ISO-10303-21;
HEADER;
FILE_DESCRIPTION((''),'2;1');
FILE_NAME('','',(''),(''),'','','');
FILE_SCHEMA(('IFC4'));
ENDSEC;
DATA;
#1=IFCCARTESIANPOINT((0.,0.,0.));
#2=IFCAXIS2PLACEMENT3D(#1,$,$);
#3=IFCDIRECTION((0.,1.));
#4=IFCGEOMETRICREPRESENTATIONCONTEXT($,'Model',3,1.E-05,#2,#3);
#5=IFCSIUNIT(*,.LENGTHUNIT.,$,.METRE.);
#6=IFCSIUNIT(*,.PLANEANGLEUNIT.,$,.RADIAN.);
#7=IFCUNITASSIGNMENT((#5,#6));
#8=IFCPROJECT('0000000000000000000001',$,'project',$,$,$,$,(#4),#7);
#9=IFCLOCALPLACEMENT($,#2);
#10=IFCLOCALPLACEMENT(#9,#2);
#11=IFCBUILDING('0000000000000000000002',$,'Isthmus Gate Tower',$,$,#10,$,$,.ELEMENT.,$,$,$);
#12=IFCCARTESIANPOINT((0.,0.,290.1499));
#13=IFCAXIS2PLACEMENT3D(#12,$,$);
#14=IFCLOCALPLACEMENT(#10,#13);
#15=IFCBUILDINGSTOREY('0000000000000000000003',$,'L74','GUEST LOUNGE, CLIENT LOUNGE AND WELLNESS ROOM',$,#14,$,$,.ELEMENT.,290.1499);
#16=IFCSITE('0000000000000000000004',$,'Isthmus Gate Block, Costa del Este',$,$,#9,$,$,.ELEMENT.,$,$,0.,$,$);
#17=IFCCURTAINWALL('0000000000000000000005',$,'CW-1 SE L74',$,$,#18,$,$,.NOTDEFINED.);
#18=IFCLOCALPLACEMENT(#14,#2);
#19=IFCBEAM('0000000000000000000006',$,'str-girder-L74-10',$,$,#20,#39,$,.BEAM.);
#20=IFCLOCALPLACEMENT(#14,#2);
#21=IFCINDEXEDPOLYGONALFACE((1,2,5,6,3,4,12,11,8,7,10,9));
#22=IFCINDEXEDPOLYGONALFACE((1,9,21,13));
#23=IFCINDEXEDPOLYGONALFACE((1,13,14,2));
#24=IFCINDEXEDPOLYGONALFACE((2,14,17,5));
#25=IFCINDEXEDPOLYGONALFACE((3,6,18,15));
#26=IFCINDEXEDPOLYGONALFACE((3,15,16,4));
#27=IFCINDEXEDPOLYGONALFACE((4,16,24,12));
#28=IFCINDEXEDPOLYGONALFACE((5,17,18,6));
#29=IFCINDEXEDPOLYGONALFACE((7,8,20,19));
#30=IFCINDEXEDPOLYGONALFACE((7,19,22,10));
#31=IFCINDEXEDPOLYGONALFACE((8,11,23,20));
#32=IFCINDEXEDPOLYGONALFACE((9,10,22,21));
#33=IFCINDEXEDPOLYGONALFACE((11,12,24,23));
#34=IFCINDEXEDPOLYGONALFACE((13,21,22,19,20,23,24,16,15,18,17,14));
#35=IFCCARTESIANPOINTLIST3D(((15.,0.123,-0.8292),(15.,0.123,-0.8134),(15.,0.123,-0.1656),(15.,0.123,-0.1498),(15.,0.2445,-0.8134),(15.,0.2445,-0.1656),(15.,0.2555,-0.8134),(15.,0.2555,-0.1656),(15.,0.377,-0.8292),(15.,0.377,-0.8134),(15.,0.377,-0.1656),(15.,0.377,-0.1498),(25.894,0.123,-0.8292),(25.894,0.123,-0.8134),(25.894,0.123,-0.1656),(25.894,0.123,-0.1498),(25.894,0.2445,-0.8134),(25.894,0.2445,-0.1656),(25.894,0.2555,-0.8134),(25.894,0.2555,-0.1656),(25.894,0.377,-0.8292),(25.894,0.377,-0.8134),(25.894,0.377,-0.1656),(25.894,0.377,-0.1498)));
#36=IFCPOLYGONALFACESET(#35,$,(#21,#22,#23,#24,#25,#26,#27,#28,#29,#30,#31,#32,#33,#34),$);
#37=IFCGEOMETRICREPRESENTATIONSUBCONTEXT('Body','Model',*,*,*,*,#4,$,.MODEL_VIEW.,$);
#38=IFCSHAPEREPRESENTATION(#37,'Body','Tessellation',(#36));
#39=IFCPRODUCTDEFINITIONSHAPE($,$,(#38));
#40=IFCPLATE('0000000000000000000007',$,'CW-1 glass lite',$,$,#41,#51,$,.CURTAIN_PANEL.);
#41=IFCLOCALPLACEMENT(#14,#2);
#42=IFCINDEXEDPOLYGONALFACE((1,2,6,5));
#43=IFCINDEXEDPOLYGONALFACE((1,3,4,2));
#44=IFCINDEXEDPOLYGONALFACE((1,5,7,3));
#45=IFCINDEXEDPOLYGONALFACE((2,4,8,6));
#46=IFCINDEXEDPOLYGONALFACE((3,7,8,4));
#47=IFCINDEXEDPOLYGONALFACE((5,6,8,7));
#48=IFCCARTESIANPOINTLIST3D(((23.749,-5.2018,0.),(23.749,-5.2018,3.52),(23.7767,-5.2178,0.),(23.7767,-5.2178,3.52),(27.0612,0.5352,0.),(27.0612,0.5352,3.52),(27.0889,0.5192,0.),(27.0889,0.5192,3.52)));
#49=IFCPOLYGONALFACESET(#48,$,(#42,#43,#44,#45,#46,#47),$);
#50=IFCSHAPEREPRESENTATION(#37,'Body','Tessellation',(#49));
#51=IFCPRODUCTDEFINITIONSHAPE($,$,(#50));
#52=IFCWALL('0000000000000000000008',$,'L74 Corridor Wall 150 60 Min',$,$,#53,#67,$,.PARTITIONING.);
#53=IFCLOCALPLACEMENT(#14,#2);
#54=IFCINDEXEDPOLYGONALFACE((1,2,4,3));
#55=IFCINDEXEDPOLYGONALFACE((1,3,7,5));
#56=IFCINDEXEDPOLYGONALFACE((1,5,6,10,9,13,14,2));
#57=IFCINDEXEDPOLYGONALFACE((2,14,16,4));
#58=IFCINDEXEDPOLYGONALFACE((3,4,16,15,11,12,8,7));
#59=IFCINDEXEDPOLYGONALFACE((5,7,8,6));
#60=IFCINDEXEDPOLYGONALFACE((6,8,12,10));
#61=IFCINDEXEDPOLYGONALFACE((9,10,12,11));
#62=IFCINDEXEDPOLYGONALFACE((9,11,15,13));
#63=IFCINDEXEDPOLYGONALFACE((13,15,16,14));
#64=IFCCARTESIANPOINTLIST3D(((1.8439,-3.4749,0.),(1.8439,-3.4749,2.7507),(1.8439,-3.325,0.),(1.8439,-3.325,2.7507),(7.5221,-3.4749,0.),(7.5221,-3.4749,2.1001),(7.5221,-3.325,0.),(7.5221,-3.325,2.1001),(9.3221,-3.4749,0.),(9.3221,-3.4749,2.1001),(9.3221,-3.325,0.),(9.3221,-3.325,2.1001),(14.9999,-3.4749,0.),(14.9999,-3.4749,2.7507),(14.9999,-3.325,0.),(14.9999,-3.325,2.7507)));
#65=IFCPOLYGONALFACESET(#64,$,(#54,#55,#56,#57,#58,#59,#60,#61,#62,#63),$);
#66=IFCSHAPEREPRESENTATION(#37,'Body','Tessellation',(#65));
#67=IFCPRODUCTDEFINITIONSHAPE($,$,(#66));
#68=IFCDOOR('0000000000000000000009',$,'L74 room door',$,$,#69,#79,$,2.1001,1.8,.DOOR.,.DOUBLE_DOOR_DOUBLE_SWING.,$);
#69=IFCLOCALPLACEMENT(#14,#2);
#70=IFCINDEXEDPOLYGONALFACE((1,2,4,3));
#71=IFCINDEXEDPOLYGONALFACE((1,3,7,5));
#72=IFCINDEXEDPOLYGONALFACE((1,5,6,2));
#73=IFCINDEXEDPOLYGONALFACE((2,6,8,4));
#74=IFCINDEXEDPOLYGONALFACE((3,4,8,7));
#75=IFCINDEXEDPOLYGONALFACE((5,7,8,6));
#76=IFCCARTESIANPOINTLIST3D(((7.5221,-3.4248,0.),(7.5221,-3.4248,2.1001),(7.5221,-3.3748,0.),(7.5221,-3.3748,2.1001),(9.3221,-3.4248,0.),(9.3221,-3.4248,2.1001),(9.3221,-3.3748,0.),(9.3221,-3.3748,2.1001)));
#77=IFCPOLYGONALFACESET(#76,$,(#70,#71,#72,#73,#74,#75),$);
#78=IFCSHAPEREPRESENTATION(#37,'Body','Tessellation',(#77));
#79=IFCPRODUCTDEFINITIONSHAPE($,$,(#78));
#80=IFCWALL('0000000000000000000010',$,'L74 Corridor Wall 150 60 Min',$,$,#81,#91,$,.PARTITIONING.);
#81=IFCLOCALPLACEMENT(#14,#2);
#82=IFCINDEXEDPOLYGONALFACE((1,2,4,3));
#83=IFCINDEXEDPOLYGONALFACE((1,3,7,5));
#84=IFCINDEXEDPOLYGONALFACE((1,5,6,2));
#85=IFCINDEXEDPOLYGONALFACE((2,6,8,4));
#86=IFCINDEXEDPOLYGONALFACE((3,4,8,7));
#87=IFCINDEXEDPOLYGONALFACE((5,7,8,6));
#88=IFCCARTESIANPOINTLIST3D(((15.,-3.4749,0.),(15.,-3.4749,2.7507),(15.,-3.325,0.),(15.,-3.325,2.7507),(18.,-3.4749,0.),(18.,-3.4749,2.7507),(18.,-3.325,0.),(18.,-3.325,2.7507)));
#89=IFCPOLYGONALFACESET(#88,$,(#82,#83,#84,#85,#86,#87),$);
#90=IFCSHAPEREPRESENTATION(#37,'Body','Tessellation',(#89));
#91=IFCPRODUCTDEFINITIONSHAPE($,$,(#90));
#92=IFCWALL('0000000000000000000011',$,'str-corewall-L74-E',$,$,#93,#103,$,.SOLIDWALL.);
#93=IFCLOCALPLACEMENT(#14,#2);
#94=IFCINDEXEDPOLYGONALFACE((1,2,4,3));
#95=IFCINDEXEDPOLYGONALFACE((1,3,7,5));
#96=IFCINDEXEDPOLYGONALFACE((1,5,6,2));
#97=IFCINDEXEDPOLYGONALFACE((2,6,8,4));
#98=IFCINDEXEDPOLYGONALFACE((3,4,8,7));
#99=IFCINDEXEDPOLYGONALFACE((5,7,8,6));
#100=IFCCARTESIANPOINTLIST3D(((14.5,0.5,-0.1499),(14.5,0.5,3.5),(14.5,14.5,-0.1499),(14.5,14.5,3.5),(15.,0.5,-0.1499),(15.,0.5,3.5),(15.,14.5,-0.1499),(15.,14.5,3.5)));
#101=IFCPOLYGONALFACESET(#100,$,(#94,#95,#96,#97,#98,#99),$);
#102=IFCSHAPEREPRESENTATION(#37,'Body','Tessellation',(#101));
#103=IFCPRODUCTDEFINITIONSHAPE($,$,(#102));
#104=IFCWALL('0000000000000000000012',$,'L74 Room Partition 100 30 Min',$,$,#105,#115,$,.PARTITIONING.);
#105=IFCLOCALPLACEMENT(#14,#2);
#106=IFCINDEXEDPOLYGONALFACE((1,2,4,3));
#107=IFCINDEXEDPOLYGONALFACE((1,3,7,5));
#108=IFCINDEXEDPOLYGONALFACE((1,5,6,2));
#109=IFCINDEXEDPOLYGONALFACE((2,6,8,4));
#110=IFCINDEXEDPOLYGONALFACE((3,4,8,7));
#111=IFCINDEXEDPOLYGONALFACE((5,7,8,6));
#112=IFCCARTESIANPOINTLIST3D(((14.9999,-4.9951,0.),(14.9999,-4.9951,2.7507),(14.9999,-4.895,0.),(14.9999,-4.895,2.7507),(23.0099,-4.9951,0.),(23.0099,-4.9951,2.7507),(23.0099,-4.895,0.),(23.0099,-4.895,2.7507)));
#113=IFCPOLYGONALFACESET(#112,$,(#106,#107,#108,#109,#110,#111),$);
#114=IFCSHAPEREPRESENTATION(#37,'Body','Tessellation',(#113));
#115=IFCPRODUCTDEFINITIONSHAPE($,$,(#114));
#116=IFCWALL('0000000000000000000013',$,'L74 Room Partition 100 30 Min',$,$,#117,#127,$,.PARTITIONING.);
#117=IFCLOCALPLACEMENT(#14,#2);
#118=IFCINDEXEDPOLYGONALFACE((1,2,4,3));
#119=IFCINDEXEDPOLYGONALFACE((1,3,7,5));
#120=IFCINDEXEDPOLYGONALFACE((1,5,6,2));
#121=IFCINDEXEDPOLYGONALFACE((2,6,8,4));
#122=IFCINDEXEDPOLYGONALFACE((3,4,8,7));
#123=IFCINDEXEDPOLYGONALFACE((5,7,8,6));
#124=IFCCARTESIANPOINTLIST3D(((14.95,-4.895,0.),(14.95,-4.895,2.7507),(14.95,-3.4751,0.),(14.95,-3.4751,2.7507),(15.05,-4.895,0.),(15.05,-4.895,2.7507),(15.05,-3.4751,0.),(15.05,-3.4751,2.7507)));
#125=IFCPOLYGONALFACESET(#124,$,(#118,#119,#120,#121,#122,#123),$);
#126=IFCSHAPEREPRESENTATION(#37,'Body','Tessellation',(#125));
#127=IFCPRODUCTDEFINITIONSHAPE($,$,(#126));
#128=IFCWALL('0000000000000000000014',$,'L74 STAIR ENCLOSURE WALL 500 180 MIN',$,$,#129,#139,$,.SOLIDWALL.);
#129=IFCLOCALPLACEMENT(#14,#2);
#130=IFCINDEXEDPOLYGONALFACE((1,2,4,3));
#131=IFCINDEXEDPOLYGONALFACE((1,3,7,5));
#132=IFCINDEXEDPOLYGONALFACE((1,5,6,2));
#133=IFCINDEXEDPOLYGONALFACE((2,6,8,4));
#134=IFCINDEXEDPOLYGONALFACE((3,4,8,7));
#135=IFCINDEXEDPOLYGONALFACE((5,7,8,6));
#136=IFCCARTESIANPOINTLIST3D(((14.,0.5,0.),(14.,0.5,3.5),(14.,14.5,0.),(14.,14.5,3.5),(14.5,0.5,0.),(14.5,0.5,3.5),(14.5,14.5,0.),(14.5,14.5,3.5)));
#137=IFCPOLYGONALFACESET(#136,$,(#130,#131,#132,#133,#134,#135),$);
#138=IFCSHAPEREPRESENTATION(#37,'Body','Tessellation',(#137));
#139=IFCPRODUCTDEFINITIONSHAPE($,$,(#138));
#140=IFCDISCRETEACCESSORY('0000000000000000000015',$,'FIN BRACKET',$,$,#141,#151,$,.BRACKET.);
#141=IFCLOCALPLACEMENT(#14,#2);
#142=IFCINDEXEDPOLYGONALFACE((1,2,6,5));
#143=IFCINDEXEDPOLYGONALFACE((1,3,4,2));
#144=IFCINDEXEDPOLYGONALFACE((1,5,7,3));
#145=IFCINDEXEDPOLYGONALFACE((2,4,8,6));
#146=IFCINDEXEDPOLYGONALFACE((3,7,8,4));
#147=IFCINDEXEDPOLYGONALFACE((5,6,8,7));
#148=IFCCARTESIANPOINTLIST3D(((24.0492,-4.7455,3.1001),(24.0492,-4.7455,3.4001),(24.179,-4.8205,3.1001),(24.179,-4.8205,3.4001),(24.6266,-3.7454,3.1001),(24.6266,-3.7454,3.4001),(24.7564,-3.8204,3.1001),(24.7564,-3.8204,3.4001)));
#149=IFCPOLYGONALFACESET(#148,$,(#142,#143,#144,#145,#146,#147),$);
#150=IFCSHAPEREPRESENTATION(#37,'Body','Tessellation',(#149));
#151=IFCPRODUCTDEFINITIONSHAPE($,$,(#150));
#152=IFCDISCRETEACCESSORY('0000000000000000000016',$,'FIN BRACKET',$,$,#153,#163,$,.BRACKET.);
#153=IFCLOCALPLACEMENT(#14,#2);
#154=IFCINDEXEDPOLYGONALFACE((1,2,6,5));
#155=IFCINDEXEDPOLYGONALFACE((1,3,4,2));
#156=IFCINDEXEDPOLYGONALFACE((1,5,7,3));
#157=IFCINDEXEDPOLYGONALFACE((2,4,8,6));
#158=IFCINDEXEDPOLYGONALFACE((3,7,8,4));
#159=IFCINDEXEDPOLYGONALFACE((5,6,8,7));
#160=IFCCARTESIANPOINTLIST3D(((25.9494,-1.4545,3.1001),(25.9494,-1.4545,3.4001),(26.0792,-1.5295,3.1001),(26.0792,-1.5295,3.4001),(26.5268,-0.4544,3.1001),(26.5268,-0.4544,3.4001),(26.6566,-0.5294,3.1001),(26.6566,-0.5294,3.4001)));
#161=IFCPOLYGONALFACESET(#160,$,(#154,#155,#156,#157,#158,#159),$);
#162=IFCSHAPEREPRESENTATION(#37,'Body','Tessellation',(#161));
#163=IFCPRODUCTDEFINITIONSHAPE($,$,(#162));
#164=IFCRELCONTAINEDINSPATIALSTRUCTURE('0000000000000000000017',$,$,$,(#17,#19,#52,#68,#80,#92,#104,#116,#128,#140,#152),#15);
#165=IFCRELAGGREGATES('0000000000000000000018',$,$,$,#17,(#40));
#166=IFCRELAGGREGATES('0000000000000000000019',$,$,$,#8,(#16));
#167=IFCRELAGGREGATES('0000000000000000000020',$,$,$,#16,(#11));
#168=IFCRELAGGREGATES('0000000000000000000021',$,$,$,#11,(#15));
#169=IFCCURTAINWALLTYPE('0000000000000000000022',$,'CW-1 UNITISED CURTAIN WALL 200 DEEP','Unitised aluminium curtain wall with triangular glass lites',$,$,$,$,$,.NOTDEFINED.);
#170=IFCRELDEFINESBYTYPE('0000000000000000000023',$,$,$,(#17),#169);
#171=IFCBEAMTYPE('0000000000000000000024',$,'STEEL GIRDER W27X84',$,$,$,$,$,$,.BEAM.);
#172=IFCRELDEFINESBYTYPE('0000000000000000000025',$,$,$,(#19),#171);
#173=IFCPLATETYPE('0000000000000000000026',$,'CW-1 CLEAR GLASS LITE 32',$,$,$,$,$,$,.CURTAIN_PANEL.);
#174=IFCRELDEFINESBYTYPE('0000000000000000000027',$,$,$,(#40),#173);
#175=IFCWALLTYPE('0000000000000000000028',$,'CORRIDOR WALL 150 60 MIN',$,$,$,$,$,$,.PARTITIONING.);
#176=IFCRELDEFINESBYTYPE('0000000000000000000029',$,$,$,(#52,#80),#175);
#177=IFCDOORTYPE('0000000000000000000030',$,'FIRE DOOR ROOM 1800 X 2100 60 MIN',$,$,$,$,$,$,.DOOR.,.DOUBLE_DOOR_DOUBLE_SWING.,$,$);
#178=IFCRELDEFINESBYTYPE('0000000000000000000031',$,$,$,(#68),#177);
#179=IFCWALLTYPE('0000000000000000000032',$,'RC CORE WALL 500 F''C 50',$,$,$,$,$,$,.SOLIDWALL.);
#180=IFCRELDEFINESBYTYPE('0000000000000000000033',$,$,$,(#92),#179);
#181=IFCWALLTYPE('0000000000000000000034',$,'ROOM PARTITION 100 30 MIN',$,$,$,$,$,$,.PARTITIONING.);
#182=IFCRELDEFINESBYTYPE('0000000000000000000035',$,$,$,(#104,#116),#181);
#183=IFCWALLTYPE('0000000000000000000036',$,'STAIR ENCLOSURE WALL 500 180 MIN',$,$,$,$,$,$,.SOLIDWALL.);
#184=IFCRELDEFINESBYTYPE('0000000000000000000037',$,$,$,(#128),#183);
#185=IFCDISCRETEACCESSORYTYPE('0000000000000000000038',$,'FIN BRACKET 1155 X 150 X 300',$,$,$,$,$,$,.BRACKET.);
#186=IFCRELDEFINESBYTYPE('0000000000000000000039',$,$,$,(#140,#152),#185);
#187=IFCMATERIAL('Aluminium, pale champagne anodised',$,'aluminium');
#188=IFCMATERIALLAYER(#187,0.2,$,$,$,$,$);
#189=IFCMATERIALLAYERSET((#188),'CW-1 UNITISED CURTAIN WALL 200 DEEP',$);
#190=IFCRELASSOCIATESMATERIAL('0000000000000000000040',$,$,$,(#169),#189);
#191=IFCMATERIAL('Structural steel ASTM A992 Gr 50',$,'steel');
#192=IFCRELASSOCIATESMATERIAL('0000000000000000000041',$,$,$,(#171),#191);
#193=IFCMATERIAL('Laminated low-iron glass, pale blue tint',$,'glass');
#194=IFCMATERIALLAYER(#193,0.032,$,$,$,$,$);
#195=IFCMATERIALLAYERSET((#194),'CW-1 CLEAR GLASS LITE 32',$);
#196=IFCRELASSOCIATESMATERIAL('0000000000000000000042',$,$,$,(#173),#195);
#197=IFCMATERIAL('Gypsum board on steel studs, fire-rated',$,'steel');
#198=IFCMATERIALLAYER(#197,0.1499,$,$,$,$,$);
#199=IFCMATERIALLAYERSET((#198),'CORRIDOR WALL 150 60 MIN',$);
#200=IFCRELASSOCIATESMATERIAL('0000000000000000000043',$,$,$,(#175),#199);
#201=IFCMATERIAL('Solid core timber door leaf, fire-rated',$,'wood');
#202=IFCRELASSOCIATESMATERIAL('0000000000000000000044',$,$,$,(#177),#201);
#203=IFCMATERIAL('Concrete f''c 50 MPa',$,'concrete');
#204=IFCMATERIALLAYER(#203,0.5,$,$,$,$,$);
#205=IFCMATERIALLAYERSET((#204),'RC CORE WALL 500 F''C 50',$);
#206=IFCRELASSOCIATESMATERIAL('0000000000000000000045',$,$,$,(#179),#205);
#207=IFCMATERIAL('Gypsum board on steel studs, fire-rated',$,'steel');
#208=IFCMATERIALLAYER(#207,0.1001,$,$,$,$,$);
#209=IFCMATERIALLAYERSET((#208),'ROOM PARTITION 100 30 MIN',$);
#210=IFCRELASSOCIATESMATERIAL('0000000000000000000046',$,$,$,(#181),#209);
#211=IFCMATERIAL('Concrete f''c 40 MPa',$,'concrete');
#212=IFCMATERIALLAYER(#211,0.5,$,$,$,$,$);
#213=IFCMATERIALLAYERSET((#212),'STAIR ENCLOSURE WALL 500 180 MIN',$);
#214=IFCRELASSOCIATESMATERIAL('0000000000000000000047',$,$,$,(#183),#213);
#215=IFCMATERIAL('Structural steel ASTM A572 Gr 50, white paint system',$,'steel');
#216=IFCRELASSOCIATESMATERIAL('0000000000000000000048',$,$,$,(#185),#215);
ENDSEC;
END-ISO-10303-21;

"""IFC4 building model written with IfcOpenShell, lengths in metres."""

from ifc_helpers import new_model, si_unit, direction, frame, frame_2d, origin, origin_2d, place, context, subcontext, project, spatial, rectangle, i_section, extrude, material, layer, layer_set, material_profile, profile_set, type_object, element, fill, aggregate, save


model = new_model("IFC4")

# Units and contexts
model_context = context("Model", 3, precision=1e-05, world=origin(), true_north=direction((0.0, 1.0)))
body_context = subcontext(model_context, "Body", "Model", "MODEL_VIEW")
ifc_project = project(units=[si_unit("LENGTHUNIT", "METRE"), si_unit("PLANEANGLEUNIT", "RADIAN")], contexts=[model_context])

# Site, building, storey
site_placement = place(None, origin())
site = spatial("IfcSite", under=ifc_project, at=site_placement, Name="Isthmus Gate Block, Costa del Este", CompositionType="ELEMENT", RefElevation=0.0)
building_placement = place(site_placement, origin())
building = spatial("IfcBuilding", under=site, at=building_placement, Name="Isthmus Gate Tower", CompositionType="ELEMENT")
storey_placement = place(building_placement, frame((0.0, 0.0, 290.1499)))
storey = spatial("IfcBuildingStorey", under=building, at=storey_placement, Name="L74", Description="GUEST LOUNGE, CLIENT LOUNGE AND WELLNESS ROOM", CompositionType="ELEMENT", Elevation=290.1499)

# Curtain wall
ifc_material_1 = material(Name="Aluminium, pale champagne anodised", Category="aluminium")
ifc_layer_1 = layer(ifc_material_1, 0.2)
ifc_layer_set_1 = layer_set([ifc_layer_1], Name="CW-1 UNITISED CURTAIN WALL 200 DEEP")
curtain_wall_type = type_object("IfcCurtainWallType", Name="CW-1 UNITISED CURTAIN WALL 200 DEEP", Description="Unitised aluminium curtain wall with triangular glass lites", PredefinedType="NOTDEFINED", material=ifc_layer_set_1)
curtain_wall_1_placement = place(storey_placement, origin())
curtain_wall_1 = element("IfcCurtainWall", 1, at=curtain_wall_1_placement, inside=storey, type_object=curtain_wall_type, Name="CW-1 SE L74", PredefinedType="NOTDEFINED")

# Beam
ifc_material_2 = material(Name="Structural steel ASTM A992 Gr 50", Category="steel")
ifc_material_profile_1 = material_profile(ifc_material_2, i_section(OverallWidth=0.2539, OverallDepth=0.6794, WebThickness=0.011, FlangeThickness=0.0159, at=origin_2d()), Name="W27X84")
ifc_profile_set_1 = profile_set([ifc_material_profile_1], Name="Structural steel ASTM A992 Gr 50")
beam_type_1 = type_object("IfcBeamType", Name="STEEL GIRDER W27X84", PredefinedType="BEAM", material=ifc_profile_set_1)
beam_1_placement = place(storey_placement, frame((15.0, 0.25, -0.4895), z_axis=(1.0, 0.0, 0.0), x_axis=(0.0, 1.0, 0.0)))
element("IfcBeam", 2, at=beam_1_placement, inside=storey, type_object=beam_type_1, Name="str-girder-L74-10", PredefinedType="BEAM", context=body_context, shape_type="SweptSolid", body=[
    extrude(i_section(OverallWidth=0.2539, OverallDepth=0.6794, WebThickness=0.011, FlangeThickness=0.0159, at=origin_2d()), origin(), (0.0, 0.0, 1.0), 10.894),
])

# Plate
ifc_material_3 = material(Name="Laminated low-iron glass, pale blue tint", Category="glass")
ifc_layer_2 = layer(ifc_material_3, 0.032)
ifc_layer_set_2 = layer_set([ifc_layer_2], Name="CW-1 CLEAR GLASS LITE 32")
plate_type = type_object("IfcPlateType", Name="CW-1 CLEAR GLASS LITE 32", PredefinedType="CURTAIN_PANEL", material=ifc_layer_set_2)
plate_placement = place(storey_placement, frame((25.4189, -2.3413, 0.0), z_axis=(0.0, 0.0, 1.0), x_axis=(0.5, 0.866025, 0.0)))
plate = element("IfcPlate", 3, at=plate_placement, type_object=plate_type, Name="CW-1 glass lite", PredefinedType="CURTAIN_PANEL", context=body_context, shape_type="SweptSolid", body=[
    extrude(rectangle(XDim=6.6245, YDim=0.032, at=origin_2d()), origin(), (0.0, 0.0, 1.0), 3.52),
])
aggregate(curtain_wall_1, [plate])

# Wall, opening, door
ifc_material_4 = material(Name="Gypsum board on steel studs, fire-rated", Category="steel")
ifc_layer_3 = layer(ifc_material_4, 0.1499)
ifc_layer_set_3 = layer_set([ifc_layer_3], Name="CORRIDOR WALL 150 60 MIN")
wall_type_1 = type_object("IfcWallType", Name="CORRIDOR WALL 150 60 MIN", PredefinedType="PARTITIONING", material=ifc_layer_set_3)
wall_1_placement = place(storey_placement, frame((15.0, -3.3999, 0.0), z_axis=(0.0, 0.0, 1.0), x_axis=(-1.0, 0.0, 0.0)))
wall_1 = element("IfcWall", 4, at=wall_1_placement, inside=storey, type_object=wall_type_1, Name="L74 Corridor Wall 150 60 Min", PredefinedType="PARTITIONING", context=body_context, shape_type="SweptSolid", body=[
    extrude(rectangle(XDim=13.156, YDim=0.1499, at=frame_2d((6.5781, 0.0))), origin(), (0.0, 0.0, 1.0), 2.7507),
])
opening_placement = place(wall_1_placement, frame((5.678, 0.0, 0.0)))
opening = element("IfcOpeningElement", 5, at=opening_placement, cuts=wall_1, PredefinedType="OPENING", context=body_context, shape_type="SweptSolid", body=[
    extrude(rectangle(XDim=1.8, YDim=2.1001, at=frame_2d((0.8999, 1.05))), frame((0.0, 0.085, 0.0), z_axis=(0.0, -1.0, 0.0), x_axis=(1.0, 0.0, 0.0)), (0.0, 0.0, 1.0), 0.1699),
])
ifc_material_5 = material(Name="Solid core timber door leaf, fire-rated", Category="wood")
door_type = type_object("IfcDoorType", Name="FIRE DOOR ROOM 1800 X 2100 60 MIN", OperationType="DOUBLE_DOOR_DOUBLE_SWING", PredefinedType="DOOR", material=ifc_material_5)
door_placement = place(opening_placement, origin())
door = element("IfcDoor", 6, at=door_placement, inside=storey, type_object=door_type, Name="L74 room door", OperationType="DOUBLE_DOOR_DOUBLE_SWING", OverallHeight=2.1001, OverallWidth=1.8, PredefinedType="DOOR", context=body_context, shape_type="SweptSolid", body=[
    extrude(rectangle(XDim=1.8, YDim=2.1001, at=frame_2d((0.8999, 1.05))), frame((0.0, 0.0249, 0.0), z_axis=(0.0, -1.0, 0.0), x_axis=(1.0, 0.0, 0.0)), (0.0, 0.0, 1.0), 0.05),
])
fill(opening, door)

# Walls
wall_2_placement = place(storey_placement, frame((18.0, -3.3999, 0.0), z_axis=(0.0, 0.0, 1.0), x_axis=(-1.0, 0.0, 0.0)))
element("IfcWall", 7, at=wall_2_placement, inside=storey, type_object=wall_type_1, Name="L74 Corridor Wall 150 60 Min", PredefinedType="PARTITIONING", context=body_context, shape_type="SweptSolid", body=[
    extrude(rectangle(XDim=3.0, YDim=0.1499, at=frame_2d((1.5, 0.0))), origin(), (0.0, 0.0, 1.0), 2.7507),
])
ifc_material_6 = material(Name="Concrete f'c 50 MPa", Category="concrete")
ifc_layer_4 = layer(ifc_material_6, 0.5)
ifc_layer_set_4 = layer_set([ifc_layer_4], Name="RC CORE WALL 500 F'C 50")
wall_type_2 = type_object("IfcWallType", Name="RC CORE WALL 500 F'C 50", PredefinedType="SOLIDWALL", material=ifc_layer_set_4)
wall_3_placement = place(storey_placement, frame((14.75, 0.5, -0.1499), z_axis=(0.0, 0.0, 1.0), x_axis=(0.0, 1.0, 0.0)))
element("IfcWall", 8, at=wall_3_placement, inside=storey, type_object=wall_type_2, Name="str-corewall-L74-E", PredefinedType="SOLIDWALL", context=body_context, shape_type="SweptSolid", body=[
    extrude(rectangle(XDim=14.0, YDim=0.5, at=frame_2d((7.0, 0.0))), origin(), (0.0, 0.0, 1.0), 3.6499),
])
ifc_material_7 = material(Name="Gypsum board on steel studs, fire-rated", Category="steel")
ifc_layer_5 = layer(ifc_material_7, 0.1001)
ifc_layer_set_5 = layer_set([ifc_layer_5], Name="ROOM PARTITION 100 30 MIN")
wall_type_3 = type_object("IfcWallType", Name="ROOM PARTITION 100 30 MIN", PredefinedType="PARTITIONING", material=ifc_layer_set_5)
wall_4_placement = place(storey_placement, frame((15.0, -4.9451, 0.0), z_axis=(0.0, 0.0, 1.0), x_axis=(1.0, 0.0, 0.0)))
element("IfcWall", 9, at=wall_4_placement, inside=storey, type_object=wall_type_3, Name="L74 Room Partition 100 30 Min", PredefinedType="PARTITIONING", context=body_context, shape_type="SweptSolid", body=[
    extrude(rectangle(XDim=8.01, YDim=0.1001, at=frame_2d((4.0049, 0.0))), origin(), (0.0, 0.0, 1.0), 2.7507),
])
wall_5_placement = place(storey_placement, frame((15.0, -4.895, 0.0), z_axis=(0.0, 0.0, 1.0), x_axis=(0.0, 1.0, 0.0)))
element("IfcWall", 10, at=wall_5_placement, inside=storey, type_object=wall_type_3, Name="L74 Room Partition 100 30 Min", PredefinedType="PARTITIONING", context=body_context, shape_type="SweptSolid", body=[
    extrude(rectangle(XDim=1.4199, YDim=0.1001, at=frame_2d((0.71, 0.0))), origin(), (0.0, 0.0, 1.0), 2.7507),
])
ifc_material_8 = material(Name="Concrete f'c 40 MPa", Category="concrete")
ifc_layer_6 = layer(ifc_material_8, 0.5)
ifc_layer_set_6 = layer_set([ifc_layer_6], Name="STAIR ENCLOSURE WALL 500 180 MIN")
wall_type_4 = type_object("IfcWallType", Name="STAIR ENCLOSURE WALL 500 180 MIN", PredefinedType="SOLIDWALL", material=ifc_layer_set_6)
wall_6_placement = place(storey_placement, frame((14.25, 0.5, 0.0), z_axis=(0.0, 0.0, 1.0), x_axis=(0.0, 1.0, 0.0)))
element("IfcWall", 11, at=wall_6_placement, inside=storey, type_object=wall_type_4, Name="L74 STAIR ENCLOSURE WALL 500 180 MIN", PredefinedType="SOLIDWALL", context=body_context, shape_type="SweptSolid", body=[
    extrude(rectangle(XDim=14.0, YDim=0.5, at=frame_2d((7.0, 0.0))), origin(), (0.0, 0.0, 1.0), 3.5),
])

# Discrete accessories
ifc_material_9 = material(Name="Structural steel ASTM A572 Gr 50, white paint system", Category="steel")
discrete_accessory_type = type_object("IfcDiscreteAccessoryType", Name="FIN BRACKET 1155 X 150 X 300", PredefinedType="BRACKET", material=ifc_material_9)
for number, where, z_axis, x_axis, name in (
    (12, (24.4028, -4.283, 3.1001), (0.0, 0.0, 1.0), (0.866025, -0.5, 0.0), "FIN BRACKET"),
    (13, (26.303, -0.9919, 3.1001), (0.0, 0.0, 1.0), (0.866025, -0.5, 0.0), "FIN BRACKET"),
):
    element("IfcDiscreteAccessory", number, at=place(storey_placement, frame(where, z_axis=z_axis, x_axis=x_axis)), inside=storey, type_object=discrete_accessory_type, Name=name, PredefinedType="BRACKET", context=body_context, shape_type="SweptSolid", body=[
        extrude(rectangle(XDim=0.1499, YDim=1.1548, at=origin_2d()), origin(), (0.0, 0.0, 1.0), 0.3),
    ])

save(model, "model.ifc")
